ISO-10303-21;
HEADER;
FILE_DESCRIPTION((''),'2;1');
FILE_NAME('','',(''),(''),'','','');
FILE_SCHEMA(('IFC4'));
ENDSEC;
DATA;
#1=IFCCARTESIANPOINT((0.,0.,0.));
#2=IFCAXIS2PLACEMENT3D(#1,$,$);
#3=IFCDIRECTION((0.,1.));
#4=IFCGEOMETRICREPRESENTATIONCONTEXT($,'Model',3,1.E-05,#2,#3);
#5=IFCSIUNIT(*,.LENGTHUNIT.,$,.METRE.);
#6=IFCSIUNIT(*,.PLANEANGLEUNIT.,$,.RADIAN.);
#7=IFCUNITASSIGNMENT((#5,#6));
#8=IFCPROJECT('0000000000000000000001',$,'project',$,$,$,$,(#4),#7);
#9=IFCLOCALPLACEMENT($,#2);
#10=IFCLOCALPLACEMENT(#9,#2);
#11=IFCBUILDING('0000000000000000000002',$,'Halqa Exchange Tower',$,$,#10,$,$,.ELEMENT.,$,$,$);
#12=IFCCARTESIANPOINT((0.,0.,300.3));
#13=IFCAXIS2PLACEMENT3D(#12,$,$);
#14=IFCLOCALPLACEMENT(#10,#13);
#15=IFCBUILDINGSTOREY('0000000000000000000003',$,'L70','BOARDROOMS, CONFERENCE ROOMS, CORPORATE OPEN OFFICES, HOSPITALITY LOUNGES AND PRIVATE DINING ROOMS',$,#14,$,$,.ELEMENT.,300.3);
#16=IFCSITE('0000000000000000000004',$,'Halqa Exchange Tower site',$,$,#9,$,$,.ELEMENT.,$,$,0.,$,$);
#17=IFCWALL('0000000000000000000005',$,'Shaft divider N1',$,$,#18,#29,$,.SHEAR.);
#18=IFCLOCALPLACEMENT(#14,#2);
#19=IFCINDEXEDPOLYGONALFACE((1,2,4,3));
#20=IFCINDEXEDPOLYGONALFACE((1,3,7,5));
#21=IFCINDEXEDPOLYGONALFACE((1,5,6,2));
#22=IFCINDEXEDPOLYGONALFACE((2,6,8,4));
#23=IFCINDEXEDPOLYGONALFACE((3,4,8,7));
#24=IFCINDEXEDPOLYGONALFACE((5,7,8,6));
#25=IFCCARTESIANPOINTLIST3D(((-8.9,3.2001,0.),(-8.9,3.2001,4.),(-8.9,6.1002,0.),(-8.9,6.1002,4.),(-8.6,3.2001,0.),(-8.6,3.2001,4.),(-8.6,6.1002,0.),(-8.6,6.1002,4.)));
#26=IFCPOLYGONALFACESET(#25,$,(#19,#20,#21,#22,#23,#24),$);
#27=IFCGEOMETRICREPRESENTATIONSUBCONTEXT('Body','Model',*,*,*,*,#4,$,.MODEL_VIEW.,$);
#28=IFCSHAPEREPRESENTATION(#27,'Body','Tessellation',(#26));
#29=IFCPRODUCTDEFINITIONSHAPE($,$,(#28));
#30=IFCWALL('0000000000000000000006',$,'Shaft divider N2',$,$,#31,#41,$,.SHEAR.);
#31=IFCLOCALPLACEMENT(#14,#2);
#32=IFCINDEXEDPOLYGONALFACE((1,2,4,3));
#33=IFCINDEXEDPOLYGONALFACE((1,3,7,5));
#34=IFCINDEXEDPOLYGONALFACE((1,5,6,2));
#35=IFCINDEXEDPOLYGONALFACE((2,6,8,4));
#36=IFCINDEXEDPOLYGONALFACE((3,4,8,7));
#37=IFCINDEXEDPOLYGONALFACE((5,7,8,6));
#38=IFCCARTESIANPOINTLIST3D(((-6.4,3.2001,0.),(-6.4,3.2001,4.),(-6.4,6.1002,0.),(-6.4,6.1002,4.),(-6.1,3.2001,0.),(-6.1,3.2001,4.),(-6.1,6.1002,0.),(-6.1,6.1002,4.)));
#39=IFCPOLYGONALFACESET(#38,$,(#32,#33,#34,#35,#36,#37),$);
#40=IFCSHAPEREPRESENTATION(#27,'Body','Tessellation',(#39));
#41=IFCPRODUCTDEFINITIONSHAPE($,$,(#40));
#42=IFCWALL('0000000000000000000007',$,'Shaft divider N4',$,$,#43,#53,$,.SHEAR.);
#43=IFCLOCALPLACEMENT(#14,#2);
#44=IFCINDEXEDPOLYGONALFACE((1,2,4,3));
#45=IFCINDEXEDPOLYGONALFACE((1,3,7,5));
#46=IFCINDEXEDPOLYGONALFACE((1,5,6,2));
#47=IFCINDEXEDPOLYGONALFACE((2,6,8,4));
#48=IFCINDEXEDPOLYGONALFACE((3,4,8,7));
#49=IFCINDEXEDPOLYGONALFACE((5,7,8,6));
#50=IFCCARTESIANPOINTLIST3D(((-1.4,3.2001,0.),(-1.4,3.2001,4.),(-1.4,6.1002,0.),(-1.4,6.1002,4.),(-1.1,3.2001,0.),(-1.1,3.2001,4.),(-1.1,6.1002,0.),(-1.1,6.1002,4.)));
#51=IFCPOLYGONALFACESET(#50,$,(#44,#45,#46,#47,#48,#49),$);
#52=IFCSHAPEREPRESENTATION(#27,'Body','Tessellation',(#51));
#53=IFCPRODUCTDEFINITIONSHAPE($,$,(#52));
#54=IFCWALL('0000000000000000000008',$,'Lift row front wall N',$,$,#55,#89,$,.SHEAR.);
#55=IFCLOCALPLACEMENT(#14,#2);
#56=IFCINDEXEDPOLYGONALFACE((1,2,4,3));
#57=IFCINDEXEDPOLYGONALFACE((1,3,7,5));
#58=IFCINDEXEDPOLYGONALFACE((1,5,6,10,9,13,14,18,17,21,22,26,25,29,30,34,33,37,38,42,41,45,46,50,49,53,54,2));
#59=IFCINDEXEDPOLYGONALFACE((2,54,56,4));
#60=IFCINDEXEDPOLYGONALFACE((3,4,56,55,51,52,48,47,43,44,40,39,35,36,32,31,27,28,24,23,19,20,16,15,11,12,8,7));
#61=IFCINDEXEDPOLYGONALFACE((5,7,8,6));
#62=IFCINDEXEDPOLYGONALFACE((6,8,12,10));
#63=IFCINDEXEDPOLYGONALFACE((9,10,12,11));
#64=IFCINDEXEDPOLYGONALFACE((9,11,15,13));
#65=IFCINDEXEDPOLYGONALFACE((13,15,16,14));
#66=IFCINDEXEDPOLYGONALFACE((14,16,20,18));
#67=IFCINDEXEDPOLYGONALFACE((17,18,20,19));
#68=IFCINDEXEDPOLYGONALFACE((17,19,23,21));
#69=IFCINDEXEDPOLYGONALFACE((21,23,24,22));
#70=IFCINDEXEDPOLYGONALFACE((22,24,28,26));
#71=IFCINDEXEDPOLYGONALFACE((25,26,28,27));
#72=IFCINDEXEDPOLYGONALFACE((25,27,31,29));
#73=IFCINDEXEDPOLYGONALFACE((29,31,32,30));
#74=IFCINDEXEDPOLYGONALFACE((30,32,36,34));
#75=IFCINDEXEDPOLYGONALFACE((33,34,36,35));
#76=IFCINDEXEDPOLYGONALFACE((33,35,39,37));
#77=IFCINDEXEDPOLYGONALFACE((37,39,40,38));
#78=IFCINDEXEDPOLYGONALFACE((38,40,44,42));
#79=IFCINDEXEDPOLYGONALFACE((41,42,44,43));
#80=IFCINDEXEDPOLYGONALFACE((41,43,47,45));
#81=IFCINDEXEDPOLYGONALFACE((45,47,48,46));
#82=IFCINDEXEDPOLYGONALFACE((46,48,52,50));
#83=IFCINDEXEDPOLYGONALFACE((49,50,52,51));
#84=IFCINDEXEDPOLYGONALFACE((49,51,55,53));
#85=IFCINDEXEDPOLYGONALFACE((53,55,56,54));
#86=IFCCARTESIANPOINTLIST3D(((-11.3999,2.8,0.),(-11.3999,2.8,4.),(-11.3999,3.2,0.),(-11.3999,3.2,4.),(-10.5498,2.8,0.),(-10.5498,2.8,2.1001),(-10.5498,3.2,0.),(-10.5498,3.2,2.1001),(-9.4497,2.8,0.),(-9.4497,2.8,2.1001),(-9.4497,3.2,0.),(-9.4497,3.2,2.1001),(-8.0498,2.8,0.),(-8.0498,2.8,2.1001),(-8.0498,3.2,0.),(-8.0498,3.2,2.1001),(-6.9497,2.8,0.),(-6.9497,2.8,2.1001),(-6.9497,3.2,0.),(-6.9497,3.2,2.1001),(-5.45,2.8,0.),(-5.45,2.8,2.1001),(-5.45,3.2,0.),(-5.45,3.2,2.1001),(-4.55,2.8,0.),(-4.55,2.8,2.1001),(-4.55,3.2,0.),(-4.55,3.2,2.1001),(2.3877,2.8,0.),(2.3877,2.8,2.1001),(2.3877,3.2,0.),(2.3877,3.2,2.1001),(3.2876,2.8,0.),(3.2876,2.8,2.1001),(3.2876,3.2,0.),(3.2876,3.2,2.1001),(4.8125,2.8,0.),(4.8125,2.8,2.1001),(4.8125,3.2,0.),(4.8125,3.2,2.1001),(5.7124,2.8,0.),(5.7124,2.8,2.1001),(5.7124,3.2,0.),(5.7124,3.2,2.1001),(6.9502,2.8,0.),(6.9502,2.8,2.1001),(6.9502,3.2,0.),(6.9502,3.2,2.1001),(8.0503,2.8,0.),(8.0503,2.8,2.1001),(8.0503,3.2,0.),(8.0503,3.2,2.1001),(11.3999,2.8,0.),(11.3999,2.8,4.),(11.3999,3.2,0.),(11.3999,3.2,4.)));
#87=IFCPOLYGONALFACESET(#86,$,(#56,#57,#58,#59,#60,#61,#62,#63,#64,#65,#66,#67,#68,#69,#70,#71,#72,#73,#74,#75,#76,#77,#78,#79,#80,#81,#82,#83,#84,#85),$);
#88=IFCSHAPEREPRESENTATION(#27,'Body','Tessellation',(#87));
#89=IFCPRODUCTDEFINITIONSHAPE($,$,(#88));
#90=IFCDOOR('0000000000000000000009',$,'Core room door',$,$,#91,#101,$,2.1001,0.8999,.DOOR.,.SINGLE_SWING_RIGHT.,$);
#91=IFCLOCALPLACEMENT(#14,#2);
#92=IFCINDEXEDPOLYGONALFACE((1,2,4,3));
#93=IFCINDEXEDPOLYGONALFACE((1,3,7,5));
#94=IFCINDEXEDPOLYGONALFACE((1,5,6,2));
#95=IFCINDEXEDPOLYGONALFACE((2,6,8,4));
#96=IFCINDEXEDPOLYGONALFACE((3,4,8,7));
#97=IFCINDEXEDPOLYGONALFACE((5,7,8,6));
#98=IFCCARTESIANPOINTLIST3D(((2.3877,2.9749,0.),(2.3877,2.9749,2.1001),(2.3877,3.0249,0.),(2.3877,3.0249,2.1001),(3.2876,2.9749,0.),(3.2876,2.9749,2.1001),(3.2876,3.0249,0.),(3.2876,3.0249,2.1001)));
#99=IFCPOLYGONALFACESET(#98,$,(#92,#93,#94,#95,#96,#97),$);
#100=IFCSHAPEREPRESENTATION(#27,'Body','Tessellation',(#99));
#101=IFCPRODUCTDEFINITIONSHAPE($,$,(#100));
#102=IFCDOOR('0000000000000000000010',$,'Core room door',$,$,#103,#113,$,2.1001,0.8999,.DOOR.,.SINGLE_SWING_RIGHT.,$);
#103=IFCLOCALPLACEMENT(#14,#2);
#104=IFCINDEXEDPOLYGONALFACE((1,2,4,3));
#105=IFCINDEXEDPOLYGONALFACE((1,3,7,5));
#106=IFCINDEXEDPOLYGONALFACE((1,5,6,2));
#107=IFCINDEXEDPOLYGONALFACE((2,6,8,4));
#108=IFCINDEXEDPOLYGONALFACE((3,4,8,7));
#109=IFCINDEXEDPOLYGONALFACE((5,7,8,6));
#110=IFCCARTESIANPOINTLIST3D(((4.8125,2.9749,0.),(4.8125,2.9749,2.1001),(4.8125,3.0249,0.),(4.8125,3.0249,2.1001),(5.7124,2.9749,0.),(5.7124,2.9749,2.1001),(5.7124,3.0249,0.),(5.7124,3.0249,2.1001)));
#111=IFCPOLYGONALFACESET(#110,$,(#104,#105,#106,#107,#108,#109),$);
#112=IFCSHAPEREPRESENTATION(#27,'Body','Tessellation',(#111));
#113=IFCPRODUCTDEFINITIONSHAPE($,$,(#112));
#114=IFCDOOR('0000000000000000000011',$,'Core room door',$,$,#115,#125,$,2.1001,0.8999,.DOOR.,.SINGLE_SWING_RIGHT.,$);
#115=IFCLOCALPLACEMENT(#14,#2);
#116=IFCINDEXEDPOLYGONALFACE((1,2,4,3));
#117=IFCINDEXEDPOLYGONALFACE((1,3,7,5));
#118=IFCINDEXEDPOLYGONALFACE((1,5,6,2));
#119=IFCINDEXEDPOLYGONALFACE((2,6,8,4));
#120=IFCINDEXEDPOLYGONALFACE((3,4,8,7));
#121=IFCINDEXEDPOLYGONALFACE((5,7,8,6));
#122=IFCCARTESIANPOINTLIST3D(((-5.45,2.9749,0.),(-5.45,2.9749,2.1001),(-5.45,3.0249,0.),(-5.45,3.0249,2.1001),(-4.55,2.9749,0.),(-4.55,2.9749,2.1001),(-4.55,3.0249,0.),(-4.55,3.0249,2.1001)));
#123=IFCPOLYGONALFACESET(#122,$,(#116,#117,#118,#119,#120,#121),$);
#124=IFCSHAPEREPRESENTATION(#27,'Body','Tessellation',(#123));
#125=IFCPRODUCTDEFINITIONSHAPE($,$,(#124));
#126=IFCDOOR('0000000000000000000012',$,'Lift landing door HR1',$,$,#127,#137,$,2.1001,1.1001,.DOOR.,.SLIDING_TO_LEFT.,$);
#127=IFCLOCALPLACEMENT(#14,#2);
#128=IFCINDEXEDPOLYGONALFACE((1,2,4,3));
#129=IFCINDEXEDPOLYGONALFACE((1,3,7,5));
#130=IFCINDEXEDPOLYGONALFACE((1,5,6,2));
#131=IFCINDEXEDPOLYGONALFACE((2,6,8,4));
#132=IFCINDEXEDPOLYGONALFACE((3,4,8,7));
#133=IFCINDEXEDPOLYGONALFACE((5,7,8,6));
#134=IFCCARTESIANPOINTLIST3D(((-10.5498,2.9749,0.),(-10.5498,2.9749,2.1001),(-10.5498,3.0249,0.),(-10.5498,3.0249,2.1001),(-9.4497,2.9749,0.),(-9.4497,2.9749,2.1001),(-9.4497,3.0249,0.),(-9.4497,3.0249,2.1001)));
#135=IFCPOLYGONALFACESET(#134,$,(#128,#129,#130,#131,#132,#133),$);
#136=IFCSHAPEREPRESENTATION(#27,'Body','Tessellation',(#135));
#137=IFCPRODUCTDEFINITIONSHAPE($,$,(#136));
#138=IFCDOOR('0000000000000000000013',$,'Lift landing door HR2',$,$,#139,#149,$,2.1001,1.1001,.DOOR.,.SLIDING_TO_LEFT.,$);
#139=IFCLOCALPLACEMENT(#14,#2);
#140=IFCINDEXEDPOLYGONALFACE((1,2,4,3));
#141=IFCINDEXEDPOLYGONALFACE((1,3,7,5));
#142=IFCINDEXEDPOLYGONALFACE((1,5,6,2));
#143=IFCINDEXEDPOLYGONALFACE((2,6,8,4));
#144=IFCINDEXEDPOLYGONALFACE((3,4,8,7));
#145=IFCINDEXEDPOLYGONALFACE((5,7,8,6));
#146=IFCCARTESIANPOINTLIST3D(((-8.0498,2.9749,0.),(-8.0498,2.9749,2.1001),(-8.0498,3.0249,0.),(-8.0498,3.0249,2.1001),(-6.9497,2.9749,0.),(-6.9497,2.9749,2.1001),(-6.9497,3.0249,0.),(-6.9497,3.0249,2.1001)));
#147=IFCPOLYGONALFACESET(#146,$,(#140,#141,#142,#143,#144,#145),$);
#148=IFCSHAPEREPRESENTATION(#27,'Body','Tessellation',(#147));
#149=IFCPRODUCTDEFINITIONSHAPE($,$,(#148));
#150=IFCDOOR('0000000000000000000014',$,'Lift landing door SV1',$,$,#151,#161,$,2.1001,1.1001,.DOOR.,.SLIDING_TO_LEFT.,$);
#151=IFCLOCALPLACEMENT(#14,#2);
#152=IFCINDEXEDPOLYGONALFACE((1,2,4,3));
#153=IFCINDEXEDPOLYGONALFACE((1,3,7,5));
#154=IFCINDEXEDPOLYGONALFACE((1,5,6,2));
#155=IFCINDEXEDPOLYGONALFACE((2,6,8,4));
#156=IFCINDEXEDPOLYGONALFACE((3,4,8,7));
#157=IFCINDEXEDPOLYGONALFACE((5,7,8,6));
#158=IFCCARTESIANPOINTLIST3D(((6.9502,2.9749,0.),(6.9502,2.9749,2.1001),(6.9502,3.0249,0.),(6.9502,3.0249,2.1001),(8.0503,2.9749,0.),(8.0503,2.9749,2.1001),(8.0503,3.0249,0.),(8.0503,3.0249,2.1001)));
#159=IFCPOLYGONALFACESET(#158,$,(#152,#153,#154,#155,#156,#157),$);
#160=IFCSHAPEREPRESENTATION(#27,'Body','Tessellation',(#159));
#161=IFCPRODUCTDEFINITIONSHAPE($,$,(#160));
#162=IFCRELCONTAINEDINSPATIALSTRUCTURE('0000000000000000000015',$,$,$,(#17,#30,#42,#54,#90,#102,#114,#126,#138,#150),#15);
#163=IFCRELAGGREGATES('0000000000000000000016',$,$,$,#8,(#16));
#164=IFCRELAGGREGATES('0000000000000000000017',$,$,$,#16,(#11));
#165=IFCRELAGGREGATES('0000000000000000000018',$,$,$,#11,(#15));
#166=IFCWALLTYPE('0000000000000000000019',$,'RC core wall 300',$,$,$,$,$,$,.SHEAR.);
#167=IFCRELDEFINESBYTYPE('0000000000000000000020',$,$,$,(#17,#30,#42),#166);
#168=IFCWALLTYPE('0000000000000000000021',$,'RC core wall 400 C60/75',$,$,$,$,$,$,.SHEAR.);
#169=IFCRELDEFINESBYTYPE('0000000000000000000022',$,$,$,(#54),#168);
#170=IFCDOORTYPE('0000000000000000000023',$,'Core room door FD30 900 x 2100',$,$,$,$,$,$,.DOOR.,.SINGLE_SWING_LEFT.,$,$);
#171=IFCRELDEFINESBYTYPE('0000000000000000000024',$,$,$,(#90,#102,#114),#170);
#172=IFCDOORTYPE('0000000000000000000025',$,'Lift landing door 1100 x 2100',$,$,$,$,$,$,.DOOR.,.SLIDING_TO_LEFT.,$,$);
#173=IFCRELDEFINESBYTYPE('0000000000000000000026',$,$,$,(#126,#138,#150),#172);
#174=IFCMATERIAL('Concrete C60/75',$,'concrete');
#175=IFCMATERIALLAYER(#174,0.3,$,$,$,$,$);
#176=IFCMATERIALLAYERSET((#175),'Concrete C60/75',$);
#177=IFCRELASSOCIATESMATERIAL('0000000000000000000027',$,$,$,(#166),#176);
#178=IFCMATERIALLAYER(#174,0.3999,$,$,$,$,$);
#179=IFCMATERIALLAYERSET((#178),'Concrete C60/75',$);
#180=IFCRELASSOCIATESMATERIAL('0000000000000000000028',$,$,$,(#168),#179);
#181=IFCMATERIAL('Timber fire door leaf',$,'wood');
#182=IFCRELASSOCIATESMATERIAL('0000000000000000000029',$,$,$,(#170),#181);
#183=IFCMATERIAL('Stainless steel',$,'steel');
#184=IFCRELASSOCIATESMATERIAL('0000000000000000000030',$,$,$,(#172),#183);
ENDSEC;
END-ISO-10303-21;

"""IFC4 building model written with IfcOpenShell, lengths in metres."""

from ifc_helpers import new_model, si_unit, direction, frame, frame_2d, origin, place, context, subcontext, project, spatial, rectangle, extrude, material, layer, layer_set, type_object, element, fill, save


model = new_model("IFC4")

# Units and contexts
model_context = context("Model", 3, precision=1e-05, world=origin(), true_north=direction((0.0, 1.0)))
body_context = subcontext(model_context, "Body", "Model", "MODEL_VIEW")
ifc_project = project(units=[si_unit("LENGTHUNIT", "METRE"), si_unit("PLANEANGLEUNIT", "RADIAN")], contexts=[model_context])

# Site, building, storey
site_placement = place(None, origin())
site = spatial("IfcSite", under=ifc_project, at=site_placement, Name="Halqa Exchange Tower site", CompositionType="ELEMENT", RefElevation=0.0)
building_placement = place(site_placement, origin())
building = spatial("IfcBuilding", under=site, at=building_placement, Name="Halqa Exchange Tower", CompositionType="ELEMENT")
storey_placement = place(building_placement, frame((0.0, 0.0, 300.3)))
storey = spatial("IfcBuildingStorey", under=building, at=storey_placement, Name="L70", Description="BOARDROOMS, CONFERENCE ROOMS, CORPORATE OPEN OFFICES, HOSPITALITY LOUNGES AND PRIVATE DINING ROOMS", CompositionType="ELEMENT", Elevation=300.3)

# Walls
ifc_material_1 = material(Name="Concrete C60/75", Category="concrete")
ifc_layer_1 = layer(ifc_material_1, 0.3)
ifc_layer_set_1 = layer_set([ifc_layer_1], Name="Concrete C60/75")
wall_type_1 = type_object("IfcWallType", Name="RC core wall 300", PredefinedType="SHEAR", material=ifc_layer_set_1)
for number, where, z_axis, x_axis, name in (
    (1, (-8.75, 3.2, 0.0), (0.0, 0.0, 1.0), (0.0, 1.0, 0.0), "Shaft divider N1"),
    (2, (-6.25, 3.2, 0.0), (0.0, 0.0, 1.0), (0.0, 1.0, 0.0), "Shaft divider N2"),
    (3, (-1.25, 3.2, 0.0), (0.0, 0.0, 1.0), (0.0, 1.0, 0.0), "Shaft divider N4"),
):
    element("IfcWall", number, at=place(storey_placement, frame(where, z_axis=z_axis, x_axis=x_axis)), inside=storey, type_object=wall_type_1, Name=name, PredefinedType="SHEAR", context=body_context, shape_type="SweptSolid", body=[
        extrude(rectangle(XDim=2.9001, YDim=0.3, at=frame_2d((1.4502, 0.0))), origin(), (0.0, 0.0, 1.0), 4.0),
    ])

# Wall, openings, doors
ifc_layer_2 = layer(ifc_material_1, 0.3999)
ifc_layer_set_2 = layer_set([ifc_layer_2], Name="Concrete C60/75")
wall_type_2 = type_object("IfcWallType", Name="RC core wall 400 C60/75", PredefinedType="SHEAR", material=ifc_layer_set_2)
wall_1_placement = place(storey_placement, frame((-11.3999, 3.0, 0.0), z_axis=(0.0, 0.0, 1.0), x_axis=(1.0, 0.0, 0.0)))
wall_1 = element("IfcWall", 4, at=wall_1_placement, inside=storey, type_object=wall_type_2, Name="Lift row front wall N", PredefinedType="SHEAR", context=body_context, shape_type="SweptSolid", body=[
    extrude(rectangle(XDim=22.7998, YDim=0.3999, at=frame_2d((11.3999, 0.0))), origin(), (0.0, 0.0, 1.0), 4.0),
])
opening_1_placement = place(wall_1_placement, frame((0.8501, 0.0, 0.0)))
opening_1 = element("IfcOpeningElement", 5, at=opening_1_placement, cuts=wall_1, PredefinedType="OPENING", context=body_context, shape_type="SweptSolid", body=[
    extrude(rectangle(XDim=1.1001, YDim=2.1001, at=frame_2d((0.55, 1.05))), frame((0.0, 0.2119, 0.0), z_axis=(0.0, -1.0, 0.0), x_axis=(1.0, 0.0, 0.0)), (0.0, 0.0, 1.0), 0.4238),
])
opening_2_placement = place(wall_1_placement, frame((3.3501, 0.0, 0.0)))
opening_2 = element("IfcOpeningElement", 6, at=opening_2_placement, cuts=wall_1, PredefinedType="OPENING", context=body_context, shape_type="SweptSolid", body=[
    extrude(rectangle(XDim=1.1001, YDim=2.1001, at=frame_2d((0.55, 1.05))), frame((0.0, 0.2119, 0.0), z_axis=(0.0, -1.0, 0.0), x_axis=(1.0, 0.0, 0.0)), (0.0, 0.0, 1.0), 0.4238),
])
opening_3_placement = place(wall_1_placement, frame((18.3501, 0.0, 0.0)))
opening_3 = element("IfcOpeningElement", 7, at=opening_3_placement, cuts=wall_1, PredefinedType="OPENING", context=body_context, shape_type="SweptSolid", body=[
    extrude(rectangle(XDim=1.1001, YDim=2.1001, at=frame_2d((0.55, 1.05))), frame((0.0, 0.2119, 0.0), z_axis=(0.0, -1.0, 0.0), x_axis=(1.0, 0.0, 0.0)), (0.0, 0.0, 1.0), 0.4238),
])
opening_4_placement = place(wall_1_placement, frame((13.7876, 0.0, 0.0)))
opening_4 = element("IfcOpeningElement", 8, at=opening_4_placement, cuts=wall_1, PredefinedType="OPENING", context=body_context, shape_type="SweptSolid", body=[
    extrude(rectangle(XDim=0.8999, YDim=2.1001, at=frame_2d((0.45, 1.05))), frame((0.0, 0.2119, 0.0), z_axis=(0.0, -1.0, 0.0), x_axis=(1.0, 0.0, 0.0)), (0.0, 0.0, 1.0), 0.4238),
])
opening_5_placement = place(wall_1_placement, frame((16.2124, 0.0, 0.0)))
opening_5 = element("IfcOpeningElement", 9, at=opening_5_placement, cuts=wall_1, PredefinedType="OPENING", context=body_context, shape_type="SweptSolid", body=[
    extrude(rectangle(XDim=0.8999, YDim=2.1001, at=frame_2d((0.45, 1.05))), frame((0.0, 0.2119, 0.0), z_axis=(0.0, -1.0, 0.0), x_axis=(1.0, 0.0, 0.0)), (0.0, 0.0, 1.0), 0.4238),
])
opening_6_placement = place(wall_1_placement, frame((5.95, 0.0, 0.0)))
opening_6 = element("IfcOpeningElement", 10, at=opening_6_placement, cuts=wall_1, PredefinedType="OPENING", context=body_context, shape_type="SweptSolid", body=[
    extrude(rectangle(XDim=0.8999, YDim=2.1001, at=frame_2d((0.45, 1.05))), frame((0.0, 0.2119, 0.0), z_axis=(0.0, -1.0, 0.0), x_axis=(1.0, 0.0, 0.0)), (0.0, 0.0, 1.0), 0.4238),
])
ifc_material_2 = material(Name="Timber fire door leaf", Category="wood")
door_type_1 = type_object("IfcDoorType", Name="Core room door FD30 900 x 2100", OperationType="SINGLE_SWING_LEFT", PredefinedType="DOOR", material=ifc_material_2)
door_1_placement = place(opening_4_placement, origin())
door_1 = element("IfcDoor", 11, at=door_1_placement, inside=storey, type_object=door_type_1, Name="Core room door", OperationType="SINGLE_SWING_RIGHT", OverallHeight=2.1001, OverallWidth=0.8999, PredefinedType="DOOR", context=body_context, shape_type="SweptSolid", body=[
    extrude(rectangle(XDim=0.8999, YDim=2.1001, at=frame_2d((0.45, 1.05))), frame((0.0, 0.0249, 0.0), z_axis=(0.0, -1.0, 0.0), x_axis=(1.0, 0.0, 0.0)), (0.0, 0.0, 1.0), 0.05),
])
fill(opening_4, door_1)
door_2_placement = place(opening_5_placement, origin())
door_2 = element("IfcDoor", 12, at=door_2_placement, inside=storey, type_object=door_type_1, Name="Core room door", OperationType="SINGLE_SWING_RIGHT", OverallHeight=2.1001, OverallWidth=0.8999, PredefinedType="DOOR", context=body_context, shape_type="SweptSolid", body=[
    extrude(rectangle(XDim=0.8999, YDim=2.1001, at=frame_2d((0.45, 1.05))), frame((0.0, 0.0249, 0.0), z_axis=(0.0, -1.0, 0.0), x_axis=(1.0, 0.0, 0.0)), (0.0, 0.0, 1.0), 0.05),
])
fill(opening_5, door_2)
door_3_placement = place(opening_6_placement, origin())
door_3 = element("IfcDoor", 13, at=door_3_placement, inside=storey, type_object=door_type_1, Name="Core room door", OperationType="SINGLE_SWING_RIGHT", OverallHeight=2.1001, OverallWidth=0.8999, PredefinedType="DOOR", context=body_context, shape_type="SweptSolid", body=[
    extrude(rectangle(XDim=0.8999, YDim=2.1001, at=frame_2d((0.45, 1.05))), frame((0.0, 0.0249, 0.0), z_axis=(0.0, -1.0, 0.0), x_axis=(1.0, 0.0, 0.0)), (0.0, 0.0, 1.0), 0.05),
])
fill(opening_6, door_3)
ifc_material_3 = material(Name="Stainless steel", Category="steel")
door_type_2 = type_object("IfcDoorType", Name="Lift landing door 1100 x 2100", OperationType="SLIDING_TO_LEFT", PredefinedType="DOOR", material=ifc_material_3)
door_4_placement = place(opening_1_placement, origin())
door_4 = element("IfcDoor", 14, at=door_4_placement, inside=storey, type_object=door_type_2, Name="Lift landing door HR1", OperationType="SLIDING_TO_LEFT", OverallHeight=2.1001, OverallWidth=1.1001, PredefinedType="DOOR", context=body_context, shape_type="SweptSolid", body=[
    extrude(rectangle(XDim=1.1001, YDim=2.1001, at=frame_2d((0.55, 1.05))), frame((0.0, 0.0249, 0.0), z_axis=(0.0, -1.0, 0.0), x_axis=(1.0, 0.0, 0.0)), (0.0, 0.0, 1.0), 0.05),
])
fill(opening_1, door_4)
door_5_placement = place(opening_2_placement, origin())
door_5 = element("IfcDoor", 15, at=door_5_placement, inside=storey, type_object=door_type_2, Name="Lift landing door HR2", OperationType="SLIDING_TO_LEFT", OverallHeight=2.1001, OverallWidth=1.1001, PredefinedType="DOOR", context=body_context, shape_type="SweptSolid", body=[
    extrude(rectangle(XDim=1.1001, YDim=2.1001, at=frame_2d((0.55, 1.05))), frame((0.0, 0.0249, 0.0), z_axis=(0.0, -1.0, 0.0), x_axis=(1.0, 0.0, 0.0)), (0.0, 0.0, 1.0), 0.05),
])
fill(opening_2, door_5)
door_6_placement = place(opening_3_placement, origin())
door_6 = element("IfcDoor", 16, at=door_6_placement, inside=storey, type_object=door_type_2, Name="Lift landing door SV1", OperationType="SLIDING_TO_LEFT", OverallHeight=2.1001, OverallWidth=1.1001, PredefinedType="DOOR", context=body_context, shape_type="SweptSolid", body=[
    extrude(rectangle(XDim=1.1001, YDim=2.1001, at=frame_2d((0.55, 1.05))), frame((0.0, 0.0249, 0.0), z_axis=(0.0, -1.0, 0.0), x_axis=(1.0, 0.0, 0.0)), (0.0, 0.0, 1.0), 0.05),
])
fill(opening_3, door_6)

save(model, "model.ifc")
